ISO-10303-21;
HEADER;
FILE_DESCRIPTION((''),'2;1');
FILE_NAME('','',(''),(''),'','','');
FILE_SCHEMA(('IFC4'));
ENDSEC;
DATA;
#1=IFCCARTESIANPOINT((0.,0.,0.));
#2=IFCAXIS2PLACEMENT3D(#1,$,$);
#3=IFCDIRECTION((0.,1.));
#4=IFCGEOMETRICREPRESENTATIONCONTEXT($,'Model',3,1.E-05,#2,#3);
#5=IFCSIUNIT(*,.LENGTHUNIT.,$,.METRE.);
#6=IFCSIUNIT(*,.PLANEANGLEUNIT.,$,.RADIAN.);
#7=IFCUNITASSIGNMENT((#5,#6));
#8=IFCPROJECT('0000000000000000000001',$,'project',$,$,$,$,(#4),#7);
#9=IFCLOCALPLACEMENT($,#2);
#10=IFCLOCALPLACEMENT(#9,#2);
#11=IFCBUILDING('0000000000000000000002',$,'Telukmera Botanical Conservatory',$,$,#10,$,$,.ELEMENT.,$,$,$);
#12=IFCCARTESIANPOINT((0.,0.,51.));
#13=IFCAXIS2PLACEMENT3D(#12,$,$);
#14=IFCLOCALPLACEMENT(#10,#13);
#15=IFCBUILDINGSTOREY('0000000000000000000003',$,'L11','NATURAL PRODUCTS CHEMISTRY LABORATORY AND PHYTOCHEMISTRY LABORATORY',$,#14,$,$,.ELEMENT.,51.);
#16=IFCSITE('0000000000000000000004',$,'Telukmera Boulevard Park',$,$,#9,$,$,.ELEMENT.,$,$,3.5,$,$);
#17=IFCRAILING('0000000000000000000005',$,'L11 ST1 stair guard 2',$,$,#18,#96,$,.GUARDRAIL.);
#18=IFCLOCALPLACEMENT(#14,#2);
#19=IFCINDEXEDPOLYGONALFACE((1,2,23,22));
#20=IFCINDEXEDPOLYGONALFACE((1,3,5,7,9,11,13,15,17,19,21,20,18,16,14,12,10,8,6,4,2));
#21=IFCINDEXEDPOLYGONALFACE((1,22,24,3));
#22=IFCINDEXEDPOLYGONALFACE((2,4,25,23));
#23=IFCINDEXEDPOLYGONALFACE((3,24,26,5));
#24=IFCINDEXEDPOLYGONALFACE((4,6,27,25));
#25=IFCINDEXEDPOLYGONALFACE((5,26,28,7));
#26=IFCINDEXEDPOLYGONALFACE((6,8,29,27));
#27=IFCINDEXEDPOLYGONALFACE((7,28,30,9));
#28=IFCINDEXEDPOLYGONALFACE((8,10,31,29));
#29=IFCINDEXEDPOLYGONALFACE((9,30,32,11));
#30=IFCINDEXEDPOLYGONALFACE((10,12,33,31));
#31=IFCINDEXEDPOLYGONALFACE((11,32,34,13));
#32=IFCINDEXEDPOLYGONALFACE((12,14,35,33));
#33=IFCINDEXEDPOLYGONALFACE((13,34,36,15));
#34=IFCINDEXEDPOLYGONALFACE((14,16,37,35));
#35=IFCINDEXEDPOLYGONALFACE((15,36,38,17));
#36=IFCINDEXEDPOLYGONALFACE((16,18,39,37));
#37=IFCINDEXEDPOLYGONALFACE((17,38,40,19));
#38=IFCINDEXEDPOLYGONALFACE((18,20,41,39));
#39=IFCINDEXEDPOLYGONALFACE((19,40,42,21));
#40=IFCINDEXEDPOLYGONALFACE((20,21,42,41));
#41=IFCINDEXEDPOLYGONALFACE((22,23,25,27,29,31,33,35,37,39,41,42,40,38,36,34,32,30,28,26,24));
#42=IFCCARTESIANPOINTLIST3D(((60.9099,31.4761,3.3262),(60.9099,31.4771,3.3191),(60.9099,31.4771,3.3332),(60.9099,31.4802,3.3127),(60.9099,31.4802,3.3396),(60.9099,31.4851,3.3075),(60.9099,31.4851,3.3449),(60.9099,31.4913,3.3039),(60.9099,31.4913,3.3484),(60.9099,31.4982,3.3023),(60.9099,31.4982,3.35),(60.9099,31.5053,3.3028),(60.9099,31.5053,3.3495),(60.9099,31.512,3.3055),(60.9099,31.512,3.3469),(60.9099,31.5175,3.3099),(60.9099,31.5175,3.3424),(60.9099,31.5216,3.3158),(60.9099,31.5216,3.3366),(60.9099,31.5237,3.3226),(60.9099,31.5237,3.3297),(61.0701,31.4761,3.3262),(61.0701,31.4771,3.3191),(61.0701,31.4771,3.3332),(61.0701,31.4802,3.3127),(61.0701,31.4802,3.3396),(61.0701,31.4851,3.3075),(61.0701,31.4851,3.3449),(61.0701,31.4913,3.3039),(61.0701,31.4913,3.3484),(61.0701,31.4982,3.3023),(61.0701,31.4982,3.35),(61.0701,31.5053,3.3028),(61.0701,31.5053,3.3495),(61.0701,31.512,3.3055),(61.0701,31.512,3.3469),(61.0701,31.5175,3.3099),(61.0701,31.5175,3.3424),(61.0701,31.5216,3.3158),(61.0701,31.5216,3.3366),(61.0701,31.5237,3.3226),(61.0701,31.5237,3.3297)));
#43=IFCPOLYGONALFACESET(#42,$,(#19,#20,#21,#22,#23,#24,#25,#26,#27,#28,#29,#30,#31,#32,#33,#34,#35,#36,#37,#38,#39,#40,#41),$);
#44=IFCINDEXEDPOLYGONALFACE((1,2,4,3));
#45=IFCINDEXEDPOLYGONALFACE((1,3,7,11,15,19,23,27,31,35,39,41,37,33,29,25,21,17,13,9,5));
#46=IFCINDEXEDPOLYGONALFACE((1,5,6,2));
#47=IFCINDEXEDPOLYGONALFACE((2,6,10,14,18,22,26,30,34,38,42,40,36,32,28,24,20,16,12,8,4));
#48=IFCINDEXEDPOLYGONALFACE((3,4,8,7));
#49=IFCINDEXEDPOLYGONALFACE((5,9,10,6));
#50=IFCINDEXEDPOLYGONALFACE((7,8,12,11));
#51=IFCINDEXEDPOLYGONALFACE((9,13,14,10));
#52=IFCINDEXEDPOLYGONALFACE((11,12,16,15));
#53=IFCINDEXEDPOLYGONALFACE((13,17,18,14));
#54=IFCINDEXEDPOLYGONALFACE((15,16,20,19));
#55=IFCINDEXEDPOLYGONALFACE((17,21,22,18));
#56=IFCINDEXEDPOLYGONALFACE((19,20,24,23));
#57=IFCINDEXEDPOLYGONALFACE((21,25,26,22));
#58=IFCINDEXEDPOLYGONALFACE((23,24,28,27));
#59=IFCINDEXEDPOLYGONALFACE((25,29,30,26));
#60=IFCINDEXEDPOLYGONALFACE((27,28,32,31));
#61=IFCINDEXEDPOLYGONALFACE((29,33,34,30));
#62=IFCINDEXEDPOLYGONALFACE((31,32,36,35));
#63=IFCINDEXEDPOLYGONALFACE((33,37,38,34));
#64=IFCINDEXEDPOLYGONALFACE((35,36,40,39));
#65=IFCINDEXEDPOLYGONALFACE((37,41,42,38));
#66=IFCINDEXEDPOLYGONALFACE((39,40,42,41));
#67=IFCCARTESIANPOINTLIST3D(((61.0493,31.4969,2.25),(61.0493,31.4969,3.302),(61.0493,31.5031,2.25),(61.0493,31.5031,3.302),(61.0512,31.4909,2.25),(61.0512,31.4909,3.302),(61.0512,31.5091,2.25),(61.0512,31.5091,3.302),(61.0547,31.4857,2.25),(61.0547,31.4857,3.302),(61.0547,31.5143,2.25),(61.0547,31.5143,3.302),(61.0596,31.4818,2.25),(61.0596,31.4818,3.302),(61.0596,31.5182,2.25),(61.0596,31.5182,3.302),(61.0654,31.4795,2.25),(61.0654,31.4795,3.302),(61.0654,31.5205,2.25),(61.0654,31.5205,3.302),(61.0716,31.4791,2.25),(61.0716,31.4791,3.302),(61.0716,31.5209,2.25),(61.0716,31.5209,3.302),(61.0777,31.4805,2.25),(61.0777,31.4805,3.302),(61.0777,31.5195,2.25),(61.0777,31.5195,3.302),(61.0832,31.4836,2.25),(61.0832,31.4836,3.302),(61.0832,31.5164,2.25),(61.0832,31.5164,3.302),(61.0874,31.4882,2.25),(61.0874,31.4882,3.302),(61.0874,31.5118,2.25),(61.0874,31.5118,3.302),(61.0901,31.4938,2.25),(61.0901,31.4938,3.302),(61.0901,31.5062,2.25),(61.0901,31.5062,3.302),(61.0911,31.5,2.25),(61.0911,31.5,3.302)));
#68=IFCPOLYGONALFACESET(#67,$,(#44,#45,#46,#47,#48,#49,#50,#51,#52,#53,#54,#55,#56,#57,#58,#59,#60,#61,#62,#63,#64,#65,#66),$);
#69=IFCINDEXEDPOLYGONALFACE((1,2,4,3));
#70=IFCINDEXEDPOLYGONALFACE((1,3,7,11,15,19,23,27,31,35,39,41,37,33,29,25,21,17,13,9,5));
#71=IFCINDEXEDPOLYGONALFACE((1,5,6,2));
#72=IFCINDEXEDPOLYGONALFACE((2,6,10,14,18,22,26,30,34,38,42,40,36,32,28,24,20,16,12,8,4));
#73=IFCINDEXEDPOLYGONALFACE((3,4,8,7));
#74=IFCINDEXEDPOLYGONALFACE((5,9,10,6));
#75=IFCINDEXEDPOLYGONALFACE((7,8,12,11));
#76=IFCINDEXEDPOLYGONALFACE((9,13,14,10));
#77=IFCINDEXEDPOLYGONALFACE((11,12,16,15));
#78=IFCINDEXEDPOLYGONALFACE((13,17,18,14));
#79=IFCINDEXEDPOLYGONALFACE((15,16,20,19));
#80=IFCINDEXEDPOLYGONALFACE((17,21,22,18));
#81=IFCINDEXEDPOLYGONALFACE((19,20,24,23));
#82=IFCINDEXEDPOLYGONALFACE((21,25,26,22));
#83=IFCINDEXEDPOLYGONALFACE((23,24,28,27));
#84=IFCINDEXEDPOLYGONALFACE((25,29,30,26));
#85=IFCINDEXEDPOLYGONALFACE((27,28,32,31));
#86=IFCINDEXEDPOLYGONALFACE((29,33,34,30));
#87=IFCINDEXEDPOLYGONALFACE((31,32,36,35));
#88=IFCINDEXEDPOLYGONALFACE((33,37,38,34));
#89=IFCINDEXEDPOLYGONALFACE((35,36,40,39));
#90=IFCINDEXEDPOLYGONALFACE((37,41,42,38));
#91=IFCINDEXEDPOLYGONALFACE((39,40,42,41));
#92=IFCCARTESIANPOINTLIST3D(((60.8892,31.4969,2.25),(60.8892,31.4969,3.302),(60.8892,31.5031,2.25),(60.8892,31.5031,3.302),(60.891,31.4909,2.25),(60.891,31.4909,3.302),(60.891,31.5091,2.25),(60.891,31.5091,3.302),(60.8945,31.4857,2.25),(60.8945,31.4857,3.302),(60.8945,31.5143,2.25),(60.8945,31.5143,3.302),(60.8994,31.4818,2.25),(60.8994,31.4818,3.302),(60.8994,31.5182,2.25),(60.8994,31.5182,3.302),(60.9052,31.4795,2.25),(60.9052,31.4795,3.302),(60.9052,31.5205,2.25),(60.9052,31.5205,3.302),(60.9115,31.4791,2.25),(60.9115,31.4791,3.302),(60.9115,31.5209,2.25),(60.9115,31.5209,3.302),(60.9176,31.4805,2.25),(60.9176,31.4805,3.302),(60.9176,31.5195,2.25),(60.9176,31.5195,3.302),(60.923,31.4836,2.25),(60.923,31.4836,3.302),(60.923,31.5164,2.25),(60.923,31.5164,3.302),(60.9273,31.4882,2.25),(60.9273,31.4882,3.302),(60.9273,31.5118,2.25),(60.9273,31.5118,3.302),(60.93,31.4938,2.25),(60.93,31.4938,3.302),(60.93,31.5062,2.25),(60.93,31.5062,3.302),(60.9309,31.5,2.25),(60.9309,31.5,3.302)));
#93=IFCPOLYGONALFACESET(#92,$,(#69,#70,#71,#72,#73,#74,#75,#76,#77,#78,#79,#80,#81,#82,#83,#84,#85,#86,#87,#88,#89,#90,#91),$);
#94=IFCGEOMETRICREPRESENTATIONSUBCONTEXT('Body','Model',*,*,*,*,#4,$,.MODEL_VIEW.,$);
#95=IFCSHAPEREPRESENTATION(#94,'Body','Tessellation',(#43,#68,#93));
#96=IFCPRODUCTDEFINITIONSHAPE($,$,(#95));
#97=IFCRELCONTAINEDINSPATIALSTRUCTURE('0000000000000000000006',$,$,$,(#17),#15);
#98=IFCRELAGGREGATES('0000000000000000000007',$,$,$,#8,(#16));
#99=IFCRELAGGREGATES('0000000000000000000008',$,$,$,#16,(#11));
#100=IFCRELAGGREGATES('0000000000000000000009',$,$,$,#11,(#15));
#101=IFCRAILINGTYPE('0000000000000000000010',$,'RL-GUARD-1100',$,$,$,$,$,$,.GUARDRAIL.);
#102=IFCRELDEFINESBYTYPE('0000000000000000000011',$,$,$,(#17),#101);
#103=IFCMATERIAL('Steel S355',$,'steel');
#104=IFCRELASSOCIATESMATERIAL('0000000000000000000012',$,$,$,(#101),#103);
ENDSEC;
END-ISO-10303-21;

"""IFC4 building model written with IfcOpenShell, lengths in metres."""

from ifc_helpers import new_model, si_unit, direction, frame, origin, origin_2d, place, context, subcontext, project, spatial, circle, extrude, material, type_object, element, save


model = new_model("IFC4")

# Units and contexts
model_context = context("Model", 3, precision=1e-05, world=origin(), true_north=direction((0.0, 1.0)))
body_context = subcontext(model_context, "Body", "Model", "MODEL_VIEW")
ifc_project = project(units=[si_unit("LENGTHUNIT", "METRE"), si_unit("PLANEANGLEUNIT", "RADIAN")], contexts=[model_context])

# Site, building, storey
site_placement = place(None, origin())
site = spatial("IfcSite", under=ifc_project, at=site_placement, Name="Telukmera Boulevard Park", CompositionType="ELEMENT", RefElevation=3.5)
building_placement = place(site_placement, origin())
building = spatial("IfcBuilding", under=site, at=building_placement, Name="Telukmera Botanical Conservatory", CompositionType="ELEMENT")
storey_placement = place(building_placement, frame((0.0, 0.0, 51.0)))
storey = spatial("IfcBuildingStorey", under=building, at=storey_placement, Name="L11", Description="NATURAL PRODUCTS CHEMISTRY LABORATORY AND PHYTOCHEMISTRY LABORATORY", CompositionType="ELEMENT", Elevation=51.0)

# Railing
ifc_material_1 = material(Name="Steel S355", Category="steel")
railing_type_1 = type_object("IfcRailingType", Name="RL-GUARD-1100", PredefinedType="GUARDRAIL", material=ifc_material_1)
railing_1_placement = place(storey_placement, frame((61.0701, 31.5, 2.25)))
element("IfcRailing", 1, at=railing_1_placement, inside=storey, type_object=railing_type_1, Name="L11 ST1 stair guard 2", PredefinedType="GUARDRAIL", context=body_context, shape_type="SweptSolid", body=[
    extrude(circle(Radius=0.0239, at=origin_2d()), frame((0.0, 0.0, 1.0762), z_axis=(-1.0, 0.0, 0.0), x_axis=(0.0, -1.0, 0.0)), (0.0, 0.0, 1.0), 0.1602),
    extrude(circle(Radius=0.021, at=origin_2d()), origin(), (0.0, 0.0, 1.0), 1.052),
    extrude(circle(Radius=0.021, at=origin_2d()), frame((-0.1602, 0.0, 0.0)), (0.0, 0.0, 1.0), 1.052),
])

save(model, "model.ifc")
